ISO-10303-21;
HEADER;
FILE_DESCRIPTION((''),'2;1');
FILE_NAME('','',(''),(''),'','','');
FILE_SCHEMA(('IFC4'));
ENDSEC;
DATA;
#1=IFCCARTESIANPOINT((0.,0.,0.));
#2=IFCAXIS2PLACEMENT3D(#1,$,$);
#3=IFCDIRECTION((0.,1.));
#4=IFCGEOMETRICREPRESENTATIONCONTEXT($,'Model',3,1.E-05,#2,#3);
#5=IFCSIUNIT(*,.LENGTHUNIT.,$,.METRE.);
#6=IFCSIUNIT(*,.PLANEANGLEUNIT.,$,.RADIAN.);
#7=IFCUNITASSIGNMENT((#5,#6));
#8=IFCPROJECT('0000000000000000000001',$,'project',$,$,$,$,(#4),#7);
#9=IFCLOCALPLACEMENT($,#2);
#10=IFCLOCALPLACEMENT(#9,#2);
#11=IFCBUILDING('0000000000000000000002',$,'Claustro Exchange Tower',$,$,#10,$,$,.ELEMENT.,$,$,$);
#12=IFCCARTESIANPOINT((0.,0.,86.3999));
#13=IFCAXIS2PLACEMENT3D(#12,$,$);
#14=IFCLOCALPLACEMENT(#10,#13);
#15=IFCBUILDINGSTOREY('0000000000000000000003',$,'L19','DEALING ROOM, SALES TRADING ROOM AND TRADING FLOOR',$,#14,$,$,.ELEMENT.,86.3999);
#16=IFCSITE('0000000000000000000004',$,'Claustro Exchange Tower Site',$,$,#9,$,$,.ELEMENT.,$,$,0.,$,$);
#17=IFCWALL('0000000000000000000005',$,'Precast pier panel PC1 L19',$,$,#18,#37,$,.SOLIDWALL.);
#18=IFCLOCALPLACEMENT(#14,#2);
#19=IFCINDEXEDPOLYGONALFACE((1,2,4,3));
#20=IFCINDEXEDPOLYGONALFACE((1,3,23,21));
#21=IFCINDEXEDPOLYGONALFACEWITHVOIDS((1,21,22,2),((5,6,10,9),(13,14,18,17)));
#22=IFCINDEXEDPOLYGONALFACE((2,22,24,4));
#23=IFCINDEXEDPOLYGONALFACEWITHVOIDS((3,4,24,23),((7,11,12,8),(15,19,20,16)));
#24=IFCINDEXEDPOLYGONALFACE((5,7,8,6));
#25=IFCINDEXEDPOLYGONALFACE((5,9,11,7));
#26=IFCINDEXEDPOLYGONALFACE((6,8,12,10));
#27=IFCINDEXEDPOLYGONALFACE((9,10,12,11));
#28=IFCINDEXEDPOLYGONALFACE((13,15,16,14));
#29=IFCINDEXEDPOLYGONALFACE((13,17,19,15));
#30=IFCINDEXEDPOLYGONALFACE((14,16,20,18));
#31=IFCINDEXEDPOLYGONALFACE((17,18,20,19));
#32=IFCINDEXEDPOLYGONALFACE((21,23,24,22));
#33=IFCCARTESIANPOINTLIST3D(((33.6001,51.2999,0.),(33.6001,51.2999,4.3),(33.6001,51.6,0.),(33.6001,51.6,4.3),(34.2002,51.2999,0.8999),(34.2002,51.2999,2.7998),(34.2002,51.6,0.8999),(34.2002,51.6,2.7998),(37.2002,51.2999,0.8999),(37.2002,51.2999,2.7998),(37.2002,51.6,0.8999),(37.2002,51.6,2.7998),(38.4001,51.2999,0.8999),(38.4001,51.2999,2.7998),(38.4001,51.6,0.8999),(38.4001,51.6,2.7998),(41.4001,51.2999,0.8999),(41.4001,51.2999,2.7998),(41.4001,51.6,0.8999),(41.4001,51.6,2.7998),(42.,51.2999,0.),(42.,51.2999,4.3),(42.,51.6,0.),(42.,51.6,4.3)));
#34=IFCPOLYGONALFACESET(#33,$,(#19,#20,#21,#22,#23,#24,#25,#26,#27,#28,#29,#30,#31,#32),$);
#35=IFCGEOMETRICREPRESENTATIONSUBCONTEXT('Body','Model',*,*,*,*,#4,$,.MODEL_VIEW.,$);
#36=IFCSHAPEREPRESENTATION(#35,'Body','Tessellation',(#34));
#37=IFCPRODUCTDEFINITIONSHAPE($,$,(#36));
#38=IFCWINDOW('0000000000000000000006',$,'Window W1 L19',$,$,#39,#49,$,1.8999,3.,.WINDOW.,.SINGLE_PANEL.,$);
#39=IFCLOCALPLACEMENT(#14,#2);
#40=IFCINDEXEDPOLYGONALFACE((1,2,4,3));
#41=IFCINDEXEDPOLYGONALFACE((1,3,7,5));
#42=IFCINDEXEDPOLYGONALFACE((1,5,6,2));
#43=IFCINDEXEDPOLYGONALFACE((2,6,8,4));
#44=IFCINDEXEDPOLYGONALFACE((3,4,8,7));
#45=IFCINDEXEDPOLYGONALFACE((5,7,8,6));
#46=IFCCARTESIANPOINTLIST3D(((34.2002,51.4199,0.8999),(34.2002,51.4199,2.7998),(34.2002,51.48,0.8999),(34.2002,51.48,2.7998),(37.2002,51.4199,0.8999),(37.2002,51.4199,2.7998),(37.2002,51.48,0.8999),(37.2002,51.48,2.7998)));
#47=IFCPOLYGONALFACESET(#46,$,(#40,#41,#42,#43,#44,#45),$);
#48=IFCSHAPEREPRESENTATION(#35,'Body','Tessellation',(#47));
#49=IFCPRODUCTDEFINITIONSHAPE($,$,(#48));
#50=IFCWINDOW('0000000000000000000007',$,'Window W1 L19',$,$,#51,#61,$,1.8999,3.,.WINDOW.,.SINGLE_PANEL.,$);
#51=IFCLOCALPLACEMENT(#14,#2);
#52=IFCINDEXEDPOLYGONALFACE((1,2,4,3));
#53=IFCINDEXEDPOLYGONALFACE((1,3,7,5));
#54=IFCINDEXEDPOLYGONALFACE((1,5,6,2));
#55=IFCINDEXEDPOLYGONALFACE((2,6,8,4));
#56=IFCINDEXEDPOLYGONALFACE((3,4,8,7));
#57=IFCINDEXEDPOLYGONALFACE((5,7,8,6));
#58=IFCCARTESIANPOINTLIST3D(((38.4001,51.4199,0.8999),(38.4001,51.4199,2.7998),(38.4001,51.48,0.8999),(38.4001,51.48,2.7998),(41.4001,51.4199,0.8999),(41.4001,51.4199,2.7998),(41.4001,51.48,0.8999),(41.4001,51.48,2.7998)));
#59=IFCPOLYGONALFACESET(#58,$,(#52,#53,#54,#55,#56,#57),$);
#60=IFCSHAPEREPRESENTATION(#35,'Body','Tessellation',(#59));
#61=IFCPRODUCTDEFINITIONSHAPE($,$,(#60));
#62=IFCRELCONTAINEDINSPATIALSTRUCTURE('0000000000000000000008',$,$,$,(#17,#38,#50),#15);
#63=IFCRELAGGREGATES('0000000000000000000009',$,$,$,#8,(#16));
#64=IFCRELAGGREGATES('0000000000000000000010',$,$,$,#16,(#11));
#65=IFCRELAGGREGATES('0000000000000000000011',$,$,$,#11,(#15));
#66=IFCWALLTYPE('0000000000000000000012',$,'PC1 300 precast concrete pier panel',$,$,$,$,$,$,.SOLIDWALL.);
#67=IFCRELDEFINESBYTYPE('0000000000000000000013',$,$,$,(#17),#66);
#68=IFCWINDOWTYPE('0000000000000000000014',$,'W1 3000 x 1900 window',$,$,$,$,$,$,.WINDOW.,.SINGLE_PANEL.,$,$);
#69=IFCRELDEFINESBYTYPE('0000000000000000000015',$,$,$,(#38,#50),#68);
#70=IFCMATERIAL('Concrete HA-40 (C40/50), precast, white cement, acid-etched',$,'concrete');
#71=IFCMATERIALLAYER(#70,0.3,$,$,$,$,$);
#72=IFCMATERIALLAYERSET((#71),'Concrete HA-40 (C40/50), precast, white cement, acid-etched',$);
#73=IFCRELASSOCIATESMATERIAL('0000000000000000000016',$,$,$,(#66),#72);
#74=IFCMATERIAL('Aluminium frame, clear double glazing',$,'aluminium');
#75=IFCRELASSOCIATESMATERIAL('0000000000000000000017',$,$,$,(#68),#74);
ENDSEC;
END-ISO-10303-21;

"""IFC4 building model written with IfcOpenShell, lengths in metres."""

from ifc_helpers import new_model, si_unit, direction, frame, frame_2d, origin, place, context, subcontext, project, spatial, rectangle, extrude, material, layer, layer_set, type_object, element, fill, save


model = new_model("IFC4")

# Units and contexts
model_context = context("Model", 3, precision=1e-05, world=origin(), true_north=direction((0.0, 1.0)))
body_context = subcontext(model_context, "Body", "Model", "MODEL_VIEW")
ifc_project = project(units=[si_unit("LENGTHUNIT", "METRE"), si_unit("PLANEANGLEUNIT", "RADIAN")], contexts=[model_context])

# Site, building, storey
site_placement = place(None, origin())
site = spatial("IfcSite", under=ifc_project, at=site_placement, Name="Claustro Exchange Tower Site", CompositionType="ELEMENT", RefElevation=0.0)
building_placement = place(site_placement, origin())
building = spatial("IfcBuilding", under=site, at=building_placement, Name="Claustro Exchange Tower", CompositionType="ELEMENT")
storey_placement = place(building_placement, frame((0.0, 0.0, 86.3999)))
storey = spatial("IfcBuildingStorey", under=building, at=storey_placement, Name="L19", Description="DEALING ROOM, SALES TRADING ROOM AND TRADING FLOOR", CompositionType="ELEMENT", Elevation=86.3999)

# Wall, openings, windows
ifc_material_1 = material(Name="Concrete HA-40 (C40/50), precast, white cement, acid-etched", Category="concrete")
ifc_layer_1 = layer(ifc_material_1, 0.3)
ifc_layer_set_1 = layer_set([ifc_layer_1], Name="Concrete HA-40 (C40/50), precast, white cement, acid-etched")
wall_type_1 = type_object("IfcWallType", Name="PC1 300 precast concrete pier panel", PredefinedType="SOLIDWALL", material=ifc_layer_set_1)
ifc_material_2 = material(Name="Aluminium frame, clear double glazing", Category="aluminium")
window_type = type_object("IfcWindowType", Name="W1 3000 x 1900 window", PartitioningType="SINGLE_PANEL", PredefinedType="WINDOW", material=ifc_material_2)
wall_1_placement = place(storey_placement, frame((33.6001, 51.45, 0.0), z_axis=(0.0, 0.0, 1.0), x_axis=(1.0, 0.0, 0.0)))
wall_1 = element("IfcWall", 1, at=wall_1_placement, inside=storey, type_object=wall_type_1, Name="Precast pier panel PC1 L19", PredefinedType="SOLIDWALL", context=body_context, shape_type="SweptSolid", body=[
    extrude(rectangle(XDim=8.3999, YDim=0.3, at=frame_2d((4.2, 0.0))), origin(), (0.0, 0.0, 1.0), 4.3),
])
opening_1_placement = place(wall_1_placement, frame((0.6001, 0.0, 0.8999)))
opening_1 = element("IfcOpeningElement", 2, at=opening_1_placement, cuts=wall_1, PredefinedType="OPENING", context=body_context, shape_type="SweptSolid", body=[
    extrude(rectangle(XDim=3.0, YDim=1.8999, at=frame_2d((1.5, 0.95))), frame((0.0, 0.1599, 0.0), z_axis=(0.0, -1.0, 0.0), x_axis=(1.0, 0.0, 0.0)), (0.0, 0.0, 1.0), 0.3201),
])
opening_2_placement = place(wall_1_placement, frame((4.8, 0.0, 0.8999)))
opening_2 = element("IfcOpeningElement", 3, at=opening_2_placement, cuts=wall_1, PredefinedType="OPENING", context=body_context, shape_type="SweptSolid", body=[
    extrude(rectangle(XDim=3.0, YDim=1.8999, at=frame_2d((1.5, 0.95))), frame((0.0, 0.1599, 0.0), z_axis=(0.0, -1.0, 0.0), x_axis=(1.0, 0.0, 0.0)), (0.0, 0.0, 1.0), 0.3201),
])
window_1_placement = place(opening_1_placement, origin())
window_1 = element("IfcWindow", 4, at=window_1_placement, inside=storey, type_object=window_type, Name="Window W1 L19", OverallHeight=1.8999, OverallWidth=3.0, PartitioningType="SINGLE_PANEL", PredefinedType="WINDOW", context=body_context, shape_type="SweptSolid", body=[
    extrude(rectangle(XDim=3.0, YDim=1.8999, at=frame_2d((1.5, 0.95))), frame((0.0, 0.03, 0.0), z_axis=(0.0, -1.0, 0.0), x_axis=(1.0, 0.0, 0.0)), (0.0, 0.0, 1.0), 0.0601),
])
fill(opening_1, window_1)
window_2_placement = place(opening_2_placement, origin())
window_2 = element("IfcWindow", 5, at=window_2_placement, inside=storey, type_object=window_type, Name="Window W1 L19", OverallHeight=1.8999, OverallWidth=3.0, PartitioningType="SINGLE_PANEL", PredefinedType="WINDOW", context=body_context, shape_type="SweptSolid", body=[
    extrude(rectangle(XDim=3.0, YDim=1.8999, at=frame_2d((1.5, 0.95))), frame((0.0, 0.03, 0.0), z_axis=(0.0, -1.0, 0.0), x_axis=(1.0, 0.0, 0.0)), (0.0, 0.0, 1.0), 0.0601),
])
fill(opening_2, window_2)

save(model, "model.ifc")
